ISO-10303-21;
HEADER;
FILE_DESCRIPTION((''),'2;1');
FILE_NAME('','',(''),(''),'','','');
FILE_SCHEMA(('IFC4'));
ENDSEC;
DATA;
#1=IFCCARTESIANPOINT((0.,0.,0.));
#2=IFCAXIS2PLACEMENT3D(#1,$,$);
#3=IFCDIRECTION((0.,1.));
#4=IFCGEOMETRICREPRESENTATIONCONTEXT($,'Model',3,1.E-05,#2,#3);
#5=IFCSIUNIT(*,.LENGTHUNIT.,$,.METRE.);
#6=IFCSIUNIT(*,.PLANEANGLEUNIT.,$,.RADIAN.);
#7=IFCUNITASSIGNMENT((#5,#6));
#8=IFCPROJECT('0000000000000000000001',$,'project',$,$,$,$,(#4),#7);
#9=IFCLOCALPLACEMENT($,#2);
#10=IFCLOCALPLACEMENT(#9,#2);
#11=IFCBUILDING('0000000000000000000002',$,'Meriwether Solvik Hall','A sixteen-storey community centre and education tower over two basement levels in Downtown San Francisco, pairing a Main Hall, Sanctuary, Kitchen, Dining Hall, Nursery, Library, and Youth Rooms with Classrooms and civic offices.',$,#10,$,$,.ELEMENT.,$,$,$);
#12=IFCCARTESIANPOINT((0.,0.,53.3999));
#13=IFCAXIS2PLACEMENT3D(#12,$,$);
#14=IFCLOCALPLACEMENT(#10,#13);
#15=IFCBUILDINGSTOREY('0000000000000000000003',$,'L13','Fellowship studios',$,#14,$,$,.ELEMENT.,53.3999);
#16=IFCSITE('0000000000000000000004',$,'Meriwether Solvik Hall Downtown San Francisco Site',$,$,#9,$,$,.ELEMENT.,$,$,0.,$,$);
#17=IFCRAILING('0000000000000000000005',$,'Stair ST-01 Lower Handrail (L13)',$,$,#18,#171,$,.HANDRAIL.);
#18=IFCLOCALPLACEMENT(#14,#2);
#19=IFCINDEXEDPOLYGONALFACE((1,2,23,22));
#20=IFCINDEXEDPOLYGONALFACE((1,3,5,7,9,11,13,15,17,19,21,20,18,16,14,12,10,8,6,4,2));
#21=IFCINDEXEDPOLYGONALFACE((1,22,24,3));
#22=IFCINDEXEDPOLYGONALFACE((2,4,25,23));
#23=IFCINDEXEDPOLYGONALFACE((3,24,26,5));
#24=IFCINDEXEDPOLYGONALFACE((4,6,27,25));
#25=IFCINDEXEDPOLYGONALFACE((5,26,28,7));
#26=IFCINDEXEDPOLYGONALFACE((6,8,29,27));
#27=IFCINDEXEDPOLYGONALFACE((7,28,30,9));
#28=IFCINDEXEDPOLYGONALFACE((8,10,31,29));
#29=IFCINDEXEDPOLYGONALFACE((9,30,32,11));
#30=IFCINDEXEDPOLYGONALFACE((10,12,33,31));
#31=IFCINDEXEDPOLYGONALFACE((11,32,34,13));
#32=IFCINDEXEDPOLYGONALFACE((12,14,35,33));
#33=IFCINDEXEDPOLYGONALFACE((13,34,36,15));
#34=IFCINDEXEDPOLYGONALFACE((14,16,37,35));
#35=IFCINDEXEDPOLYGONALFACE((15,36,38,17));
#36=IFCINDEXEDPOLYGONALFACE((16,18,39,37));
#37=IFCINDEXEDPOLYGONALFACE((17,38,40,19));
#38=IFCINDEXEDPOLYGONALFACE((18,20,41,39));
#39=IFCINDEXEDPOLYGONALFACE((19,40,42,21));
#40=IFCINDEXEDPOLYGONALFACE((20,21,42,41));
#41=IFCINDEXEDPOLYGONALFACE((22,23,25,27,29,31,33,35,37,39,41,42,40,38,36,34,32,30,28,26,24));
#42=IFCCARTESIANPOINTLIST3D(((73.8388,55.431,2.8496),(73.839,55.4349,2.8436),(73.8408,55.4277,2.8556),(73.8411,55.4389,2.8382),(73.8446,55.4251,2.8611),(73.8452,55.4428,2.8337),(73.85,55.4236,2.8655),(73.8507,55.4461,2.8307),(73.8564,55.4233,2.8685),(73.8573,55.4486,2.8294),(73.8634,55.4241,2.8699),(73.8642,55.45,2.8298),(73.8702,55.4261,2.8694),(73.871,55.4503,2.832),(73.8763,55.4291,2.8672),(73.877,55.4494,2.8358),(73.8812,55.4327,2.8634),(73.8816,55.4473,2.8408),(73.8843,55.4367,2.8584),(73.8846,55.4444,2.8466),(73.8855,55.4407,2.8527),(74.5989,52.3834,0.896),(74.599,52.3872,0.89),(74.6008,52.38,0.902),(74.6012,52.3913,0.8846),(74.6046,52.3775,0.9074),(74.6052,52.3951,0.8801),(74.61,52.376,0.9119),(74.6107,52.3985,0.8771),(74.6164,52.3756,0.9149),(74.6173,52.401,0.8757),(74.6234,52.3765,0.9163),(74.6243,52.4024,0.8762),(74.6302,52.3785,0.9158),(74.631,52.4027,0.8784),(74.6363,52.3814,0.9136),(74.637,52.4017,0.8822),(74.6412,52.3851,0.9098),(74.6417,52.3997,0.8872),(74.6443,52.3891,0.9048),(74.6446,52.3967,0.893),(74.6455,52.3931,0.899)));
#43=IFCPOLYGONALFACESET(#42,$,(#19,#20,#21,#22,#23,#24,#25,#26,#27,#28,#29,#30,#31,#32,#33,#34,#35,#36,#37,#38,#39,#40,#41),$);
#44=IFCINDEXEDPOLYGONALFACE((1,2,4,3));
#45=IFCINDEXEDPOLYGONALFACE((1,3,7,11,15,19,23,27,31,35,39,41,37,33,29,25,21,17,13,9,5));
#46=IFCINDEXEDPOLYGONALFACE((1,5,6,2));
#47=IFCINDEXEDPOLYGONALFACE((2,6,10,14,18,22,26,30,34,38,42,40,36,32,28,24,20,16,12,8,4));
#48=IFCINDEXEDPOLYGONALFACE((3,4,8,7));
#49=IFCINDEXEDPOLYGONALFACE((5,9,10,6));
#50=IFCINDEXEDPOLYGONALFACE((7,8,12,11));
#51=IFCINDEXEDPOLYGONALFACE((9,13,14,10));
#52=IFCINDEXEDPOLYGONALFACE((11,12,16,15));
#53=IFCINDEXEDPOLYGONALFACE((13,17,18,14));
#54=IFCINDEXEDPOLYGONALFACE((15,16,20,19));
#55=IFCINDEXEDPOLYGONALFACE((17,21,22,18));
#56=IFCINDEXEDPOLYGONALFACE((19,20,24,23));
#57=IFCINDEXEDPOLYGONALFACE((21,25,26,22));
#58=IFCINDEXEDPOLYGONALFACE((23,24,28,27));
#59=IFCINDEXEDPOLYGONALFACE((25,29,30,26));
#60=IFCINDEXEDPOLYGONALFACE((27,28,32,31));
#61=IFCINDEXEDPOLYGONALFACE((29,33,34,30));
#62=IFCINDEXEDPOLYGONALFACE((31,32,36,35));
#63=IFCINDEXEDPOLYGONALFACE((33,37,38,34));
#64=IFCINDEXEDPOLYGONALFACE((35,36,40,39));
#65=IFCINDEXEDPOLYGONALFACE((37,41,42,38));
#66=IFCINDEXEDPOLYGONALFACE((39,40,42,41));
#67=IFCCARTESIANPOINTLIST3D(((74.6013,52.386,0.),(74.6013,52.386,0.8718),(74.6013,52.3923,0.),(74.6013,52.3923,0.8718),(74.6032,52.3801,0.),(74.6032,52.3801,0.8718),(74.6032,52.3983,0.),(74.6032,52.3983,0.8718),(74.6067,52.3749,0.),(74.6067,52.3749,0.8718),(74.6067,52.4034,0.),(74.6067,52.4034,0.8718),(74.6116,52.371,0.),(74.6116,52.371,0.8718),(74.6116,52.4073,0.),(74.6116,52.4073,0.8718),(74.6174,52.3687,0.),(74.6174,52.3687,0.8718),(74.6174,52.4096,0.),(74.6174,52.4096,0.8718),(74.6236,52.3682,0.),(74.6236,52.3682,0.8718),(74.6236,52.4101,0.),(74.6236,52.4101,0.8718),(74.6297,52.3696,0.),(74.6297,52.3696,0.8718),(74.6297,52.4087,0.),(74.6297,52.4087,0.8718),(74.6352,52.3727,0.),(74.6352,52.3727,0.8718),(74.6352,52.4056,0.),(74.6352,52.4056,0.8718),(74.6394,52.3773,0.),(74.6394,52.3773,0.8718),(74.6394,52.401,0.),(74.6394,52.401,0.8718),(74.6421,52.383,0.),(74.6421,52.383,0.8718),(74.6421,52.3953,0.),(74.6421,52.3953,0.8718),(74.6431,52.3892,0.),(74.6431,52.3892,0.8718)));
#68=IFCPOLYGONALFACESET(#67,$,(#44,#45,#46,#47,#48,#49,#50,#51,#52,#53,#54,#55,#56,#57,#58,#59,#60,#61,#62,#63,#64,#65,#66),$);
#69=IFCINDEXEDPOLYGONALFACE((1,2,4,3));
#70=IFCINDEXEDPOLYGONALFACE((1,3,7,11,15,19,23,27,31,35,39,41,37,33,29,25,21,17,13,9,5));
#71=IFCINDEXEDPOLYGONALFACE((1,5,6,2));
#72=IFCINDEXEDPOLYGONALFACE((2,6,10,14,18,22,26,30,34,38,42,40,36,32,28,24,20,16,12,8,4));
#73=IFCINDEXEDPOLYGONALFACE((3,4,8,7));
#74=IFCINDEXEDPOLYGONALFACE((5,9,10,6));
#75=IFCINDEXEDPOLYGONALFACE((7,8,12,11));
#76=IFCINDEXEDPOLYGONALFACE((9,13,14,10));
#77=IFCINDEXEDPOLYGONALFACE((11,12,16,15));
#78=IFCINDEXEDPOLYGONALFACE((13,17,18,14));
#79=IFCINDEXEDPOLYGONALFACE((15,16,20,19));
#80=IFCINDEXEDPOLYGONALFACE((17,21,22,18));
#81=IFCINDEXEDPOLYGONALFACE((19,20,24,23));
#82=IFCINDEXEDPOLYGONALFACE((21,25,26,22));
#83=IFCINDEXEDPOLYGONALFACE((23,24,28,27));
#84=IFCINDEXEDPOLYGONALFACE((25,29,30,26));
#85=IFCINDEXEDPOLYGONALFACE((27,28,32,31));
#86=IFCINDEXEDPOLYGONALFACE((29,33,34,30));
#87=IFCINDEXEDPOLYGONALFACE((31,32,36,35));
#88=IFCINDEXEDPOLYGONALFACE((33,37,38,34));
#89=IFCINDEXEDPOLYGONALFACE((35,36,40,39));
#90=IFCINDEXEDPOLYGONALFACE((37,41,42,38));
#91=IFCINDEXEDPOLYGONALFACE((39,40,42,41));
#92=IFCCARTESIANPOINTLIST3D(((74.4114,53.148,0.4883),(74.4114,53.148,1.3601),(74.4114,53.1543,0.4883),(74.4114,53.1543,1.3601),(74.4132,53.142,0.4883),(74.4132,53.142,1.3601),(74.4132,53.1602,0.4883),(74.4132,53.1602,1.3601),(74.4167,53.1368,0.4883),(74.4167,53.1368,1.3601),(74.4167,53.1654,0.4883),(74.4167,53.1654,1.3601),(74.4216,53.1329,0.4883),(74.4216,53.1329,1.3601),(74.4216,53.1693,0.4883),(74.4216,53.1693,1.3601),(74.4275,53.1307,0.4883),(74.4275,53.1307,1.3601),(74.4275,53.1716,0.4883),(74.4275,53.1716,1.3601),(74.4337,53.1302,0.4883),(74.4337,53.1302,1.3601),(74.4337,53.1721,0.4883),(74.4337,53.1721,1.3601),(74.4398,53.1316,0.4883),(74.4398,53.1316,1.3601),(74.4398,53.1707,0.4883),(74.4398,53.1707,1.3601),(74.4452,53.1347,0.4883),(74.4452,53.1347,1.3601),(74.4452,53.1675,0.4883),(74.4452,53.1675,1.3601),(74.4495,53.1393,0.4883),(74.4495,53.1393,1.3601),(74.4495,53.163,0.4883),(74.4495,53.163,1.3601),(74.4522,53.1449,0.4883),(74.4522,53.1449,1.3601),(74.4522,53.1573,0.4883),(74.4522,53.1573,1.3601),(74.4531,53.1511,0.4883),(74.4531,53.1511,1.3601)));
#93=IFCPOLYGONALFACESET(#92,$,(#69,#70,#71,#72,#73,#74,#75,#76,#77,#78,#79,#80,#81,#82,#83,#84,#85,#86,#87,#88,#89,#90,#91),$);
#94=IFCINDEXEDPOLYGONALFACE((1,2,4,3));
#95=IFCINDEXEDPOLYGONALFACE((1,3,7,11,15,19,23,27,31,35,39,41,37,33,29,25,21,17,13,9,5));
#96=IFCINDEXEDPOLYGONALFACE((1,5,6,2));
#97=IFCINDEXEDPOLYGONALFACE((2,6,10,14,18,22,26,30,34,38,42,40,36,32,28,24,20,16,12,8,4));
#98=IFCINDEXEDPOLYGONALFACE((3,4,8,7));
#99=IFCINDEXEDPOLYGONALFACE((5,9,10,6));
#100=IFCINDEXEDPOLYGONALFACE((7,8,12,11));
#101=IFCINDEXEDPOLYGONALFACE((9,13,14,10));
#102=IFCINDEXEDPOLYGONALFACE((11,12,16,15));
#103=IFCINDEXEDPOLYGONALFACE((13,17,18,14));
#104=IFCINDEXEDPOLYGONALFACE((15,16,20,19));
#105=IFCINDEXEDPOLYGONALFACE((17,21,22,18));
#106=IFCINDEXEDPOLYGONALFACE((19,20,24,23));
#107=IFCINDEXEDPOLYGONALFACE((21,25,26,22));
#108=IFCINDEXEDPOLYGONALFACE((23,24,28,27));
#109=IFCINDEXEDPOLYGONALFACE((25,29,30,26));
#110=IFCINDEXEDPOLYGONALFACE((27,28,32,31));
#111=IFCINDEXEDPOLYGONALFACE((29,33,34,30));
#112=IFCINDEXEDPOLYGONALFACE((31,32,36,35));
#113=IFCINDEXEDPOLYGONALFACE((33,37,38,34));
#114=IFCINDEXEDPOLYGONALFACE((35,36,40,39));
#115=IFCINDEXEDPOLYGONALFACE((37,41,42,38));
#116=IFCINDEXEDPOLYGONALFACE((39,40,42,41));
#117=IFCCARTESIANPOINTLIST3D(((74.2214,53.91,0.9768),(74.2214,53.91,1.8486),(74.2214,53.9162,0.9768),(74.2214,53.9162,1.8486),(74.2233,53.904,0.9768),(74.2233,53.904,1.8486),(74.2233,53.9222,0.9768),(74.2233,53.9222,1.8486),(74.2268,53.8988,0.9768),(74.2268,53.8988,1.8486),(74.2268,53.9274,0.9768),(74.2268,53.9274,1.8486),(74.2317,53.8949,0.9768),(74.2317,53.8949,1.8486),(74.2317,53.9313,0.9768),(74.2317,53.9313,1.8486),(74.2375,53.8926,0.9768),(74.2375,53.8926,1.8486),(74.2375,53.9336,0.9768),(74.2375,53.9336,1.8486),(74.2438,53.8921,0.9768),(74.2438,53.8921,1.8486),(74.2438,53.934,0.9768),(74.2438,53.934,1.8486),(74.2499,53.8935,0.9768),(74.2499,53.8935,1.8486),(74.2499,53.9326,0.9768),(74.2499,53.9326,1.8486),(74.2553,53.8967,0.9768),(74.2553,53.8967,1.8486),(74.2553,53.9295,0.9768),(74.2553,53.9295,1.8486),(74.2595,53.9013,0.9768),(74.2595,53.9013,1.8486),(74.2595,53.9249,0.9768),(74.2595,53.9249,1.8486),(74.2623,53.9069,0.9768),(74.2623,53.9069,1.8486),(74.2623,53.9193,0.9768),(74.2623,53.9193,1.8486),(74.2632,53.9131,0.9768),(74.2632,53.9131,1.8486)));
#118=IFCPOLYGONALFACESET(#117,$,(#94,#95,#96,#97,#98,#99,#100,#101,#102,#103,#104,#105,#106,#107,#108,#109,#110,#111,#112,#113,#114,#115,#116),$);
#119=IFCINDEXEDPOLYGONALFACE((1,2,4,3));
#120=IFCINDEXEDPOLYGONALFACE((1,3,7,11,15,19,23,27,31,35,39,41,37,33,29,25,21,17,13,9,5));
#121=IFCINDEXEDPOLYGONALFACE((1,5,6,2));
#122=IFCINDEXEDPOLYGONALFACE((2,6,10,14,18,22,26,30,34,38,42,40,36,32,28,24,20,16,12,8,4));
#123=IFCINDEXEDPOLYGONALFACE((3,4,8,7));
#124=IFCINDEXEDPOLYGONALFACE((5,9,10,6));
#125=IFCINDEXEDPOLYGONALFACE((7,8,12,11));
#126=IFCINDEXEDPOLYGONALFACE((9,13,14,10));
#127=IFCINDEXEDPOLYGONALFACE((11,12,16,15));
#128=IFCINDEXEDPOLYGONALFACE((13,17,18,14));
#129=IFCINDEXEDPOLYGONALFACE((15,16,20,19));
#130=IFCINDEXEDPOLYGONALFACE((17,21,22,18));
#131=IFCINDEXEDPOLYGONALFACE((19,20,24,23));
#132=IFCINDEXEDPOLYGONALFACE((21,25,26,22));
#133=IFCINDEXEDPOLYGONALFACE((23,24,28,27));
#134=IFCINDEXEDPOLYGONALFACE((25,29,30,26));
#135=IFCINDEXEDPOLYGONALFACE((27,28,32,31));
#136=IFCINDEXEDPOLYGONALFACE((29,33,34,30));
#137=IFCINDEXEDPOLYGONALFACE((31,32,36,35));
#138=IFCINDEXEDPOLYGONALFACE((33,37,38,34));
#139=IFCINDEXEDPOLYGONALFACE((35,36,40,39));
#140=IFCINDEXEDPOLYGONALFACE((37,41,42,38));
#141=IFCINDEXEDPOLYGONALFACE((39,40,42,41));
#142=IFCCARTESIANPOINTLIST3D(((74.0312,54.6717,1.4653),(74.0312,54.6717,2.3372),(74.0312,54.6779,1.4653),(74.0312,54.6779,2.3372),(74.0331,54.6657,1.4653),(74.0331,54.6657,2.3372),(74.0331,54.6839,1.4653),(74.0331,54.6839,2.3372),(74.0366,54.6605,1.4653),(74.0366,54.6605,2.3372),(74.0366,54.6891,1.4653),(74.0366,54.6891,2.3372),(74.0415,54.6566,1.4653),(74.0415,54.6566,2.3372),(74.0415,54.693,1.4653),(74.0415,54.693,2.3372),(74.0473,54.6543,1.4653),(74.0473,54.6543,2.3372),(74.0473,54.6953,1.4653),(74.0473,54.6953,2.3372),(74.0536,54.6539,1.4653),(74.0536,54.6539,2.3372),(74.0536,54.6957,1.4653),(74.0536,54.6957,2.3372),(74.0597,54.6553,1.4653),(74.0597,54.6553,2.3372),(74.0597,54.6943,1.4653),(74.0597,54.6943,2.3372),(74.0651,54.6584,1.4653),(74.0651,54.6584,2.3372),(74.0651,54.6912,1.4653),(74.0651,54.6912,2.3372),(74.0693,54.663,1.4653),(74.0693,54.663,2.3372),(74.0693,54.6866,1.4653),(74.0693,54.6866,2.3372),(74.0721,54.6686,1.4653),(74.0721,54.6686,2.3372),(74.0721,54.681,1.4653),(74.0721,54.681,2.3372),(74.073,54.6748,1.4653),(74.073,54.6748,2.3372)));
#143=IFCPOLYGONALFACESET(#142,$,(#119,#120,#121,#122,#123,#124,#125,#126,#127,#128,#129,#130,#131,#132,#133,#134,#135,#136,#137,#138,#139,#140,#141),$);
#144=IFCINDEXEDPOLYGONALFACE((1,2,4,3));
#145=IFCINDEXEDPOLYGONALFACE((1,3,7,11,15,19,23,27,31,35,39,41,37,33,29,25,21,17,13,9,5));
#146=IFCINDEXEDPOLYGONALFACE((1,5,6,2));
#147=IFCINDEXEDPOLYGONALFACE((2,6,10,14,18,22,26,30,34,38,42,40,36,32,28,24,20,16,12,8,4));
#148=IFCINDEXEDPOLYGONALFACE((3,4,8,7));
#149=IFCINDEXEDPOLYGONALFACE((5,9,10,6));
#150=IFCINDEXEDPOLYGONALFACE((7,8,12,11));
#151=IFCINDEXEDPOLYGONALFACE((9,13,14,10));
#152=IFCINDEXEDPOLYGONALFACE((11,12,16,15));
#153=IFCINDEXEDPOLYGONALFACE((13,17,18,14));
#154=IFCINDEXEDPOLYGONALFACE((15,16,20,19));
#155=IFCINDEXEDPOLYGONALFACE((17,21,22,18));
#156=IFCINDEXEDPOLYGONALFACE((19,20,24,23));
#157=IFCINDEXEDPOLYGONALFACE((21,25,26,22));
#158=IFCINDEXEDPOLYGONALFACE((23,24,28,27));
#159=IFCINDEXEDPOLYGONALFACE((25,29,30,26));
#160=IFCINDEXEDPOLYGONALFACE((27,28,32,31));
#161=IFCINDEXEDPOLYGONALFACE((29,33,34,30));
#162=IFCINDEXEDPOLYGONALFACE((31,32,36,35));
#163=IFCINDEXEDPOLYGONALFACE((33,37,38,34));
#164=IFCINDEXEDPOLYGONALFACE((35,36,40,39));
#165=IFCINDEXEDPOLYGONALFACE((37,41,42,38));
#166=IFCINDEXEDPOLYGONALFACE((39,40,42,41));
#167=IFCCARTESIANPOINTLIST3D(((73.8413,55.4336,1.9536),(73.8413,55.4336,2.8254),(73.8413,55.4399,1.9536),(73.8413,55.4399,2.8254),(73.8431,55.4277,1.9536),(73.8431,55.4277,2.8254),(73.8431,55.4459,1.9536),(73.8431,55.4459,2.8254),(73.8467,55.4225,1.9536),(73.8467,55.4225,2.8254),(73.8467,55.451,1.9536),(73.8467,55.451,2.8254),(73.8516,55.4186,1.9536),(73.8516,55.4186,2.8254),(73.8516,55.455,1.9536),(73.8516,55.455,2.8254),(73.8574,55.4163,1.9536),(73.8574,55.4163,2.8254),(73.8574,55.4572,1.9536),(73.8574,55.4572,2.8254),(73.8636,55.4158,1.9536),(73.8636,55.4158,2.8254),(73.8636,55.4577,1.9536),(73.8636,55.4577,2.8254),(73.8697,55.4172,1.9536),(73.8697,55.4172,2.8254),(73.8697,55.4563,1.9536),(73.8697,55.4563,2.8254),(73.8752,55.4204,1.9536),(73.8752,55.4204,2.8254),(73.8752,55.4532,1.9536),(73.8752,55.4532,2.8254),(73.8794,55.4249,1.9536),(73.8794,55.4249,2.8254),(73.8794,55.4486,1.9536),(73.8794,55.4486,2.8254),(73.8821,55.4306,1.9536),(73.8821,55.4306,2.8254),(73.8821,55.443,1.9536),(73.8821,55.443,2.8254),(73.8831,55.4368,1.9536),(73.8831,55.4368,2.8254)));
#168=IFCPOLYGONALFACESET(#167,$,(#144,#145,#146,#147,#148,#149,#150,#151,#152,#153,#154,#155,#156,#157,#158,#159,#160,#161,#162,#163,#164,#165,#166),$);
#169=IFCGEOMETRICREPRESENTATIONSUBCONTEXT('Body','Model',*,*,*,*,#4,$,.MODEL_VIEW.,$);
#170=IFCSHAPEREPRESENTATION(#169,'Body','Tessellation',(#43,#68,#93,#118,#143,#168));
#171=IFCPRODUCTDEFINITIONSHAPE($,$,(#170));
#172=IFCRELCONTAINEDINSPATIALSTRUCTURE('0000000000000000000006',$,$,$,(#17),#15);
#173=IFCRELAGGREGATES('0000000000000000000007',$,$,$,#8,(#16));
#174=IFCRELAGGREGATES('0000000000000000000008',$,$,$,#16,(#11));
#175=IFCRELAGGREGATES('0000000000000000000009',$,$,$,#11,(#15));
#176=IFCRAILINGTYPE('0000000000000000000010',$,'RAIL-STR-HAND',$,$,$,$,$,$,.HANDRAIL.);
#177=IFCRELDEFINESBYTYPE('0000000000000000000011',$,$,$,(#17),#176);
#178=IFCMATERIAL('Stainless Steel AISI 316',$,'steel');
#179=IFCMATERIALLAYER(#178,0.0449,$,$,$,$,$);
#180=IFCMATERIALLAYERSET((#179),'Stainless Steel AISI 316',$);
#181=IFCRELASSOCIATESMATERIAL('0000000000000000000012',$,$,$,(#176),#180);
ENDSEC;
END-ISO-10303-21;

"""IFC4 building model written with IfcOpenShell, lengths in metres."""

from ifc_helpers import new_model, si_unit, direction, frame, origin, origin_2d, place, context, subcontext, project, spatial, circle, extrude, material, layer, layer_set, type_object, element, save


model = new_model("IFC4")

# Units and contexts
model_context = context("Model", 3, precision=1e-05, world=origin(), true_north=direction((0.0, 1.0)))
body_context = subcontext(model_context, "Body", "Model", "MODEL_VIEW")
ifc_project = project(units=[si_unit("LENGTHUNIT", "METRE"), si_unit("PLANEANGLEUNIT", "RADIAN")], contexts=[model_context])

# Site, building, storey
site_placement = place(None, origin())
site = spatial("IfcSite", under=ifc_project, at=site_placement, Name="Meriwether Solvik Hall Downtown San Francisco Site", CompositionType="ELEMENT", RefElevation=0.0)
building_placement = place(site_placement, origin())
building = spatial("IfcBuilding", under=site, at=building_placement, Name="Meriwether Solvik Hall", Description="A sixteen-storey community centre and education tower over two basement levels in Downtown San Francisco, pairing a Main Hall, Sanctuary, Kitchen, Dining Hall, Nursery, Library, and Youth Rooms with Classrooms and civic offices.", CompositionType="ELEMENT")
storey_placement = place(building_placement, frame((0.0, 0.0, 53.3999)))
storey = spatial("IfcBuildingStorey", under=building, at=storey_placement, Name="L13", Description="Fellowship studios", CompositionType="ELEMENT", Elevation=53.3999)

# Railing
ifc_material_1 = material(Name="Stainless Steel AISI 316", Category="steel")
ifc_layer_1 = layer(ifc_material_1, 0.0449)
ifc_layer_set_1 = layer_set([ifc_layer_1], Name="Stainless Steel AISI 316")
railing_type_1 = type_object("IfcRailingType", Name="RAIL-STR-HAND", PredefinedType="HANDRAIL", material=ifc_layer_set_1)
railing_1_placement = place(storey_placement, frame((74.6221, 52.3892, 0.0)))
element("IfcRailing", 1, at=railing_1_placement, inside=storey, type_object=railing_type_1, Name="Stair ST-01 Lower Handrail (L13)", PredefinedType="HANDRAIL", context=body_context, shape_type="SweptSolid", body=[
    extrude(circle(Radius=0.0239, at=origin_2d()), frame((0.0, 0.0, 0.896), z_axis=(-0.205467, 0.823915, 0.528155), x_axis=(-0.970284, -0.241969, 0.0)), (0.0, 0.0, 1.0), 3.699),
    extrude(circle(Radius=0.021, at=origin_2d()), origin(), (0.0, 0.0, 1.0), 0.8718),
    extrude(circle(Radius=0.021, at=origin_2d()), frame((-0.1899, 0.762, 0.4883)), (0.0, 0.0, 1.0), 0.8718),
    extrude(circle(Radius=0.021, at=origin_2d()), frame((-0.3799, 1.5239, 0.9768)), (0.0, 0.0, 1.0), 0.8718),
    extrude(circle(Radius=0.021, at=origin_2d()), frame((-0.5701, 2.2856, 1.4653)), (0.0, 0.0, 1.0), 0.8718),
    extrude(circle(Radius=0.021, at=origin_2d()), frame((-0.76, 3.0476, 1.9536)), (0.0, 0.0, 1.0), 0.8718),
])

save(model, "model.ifc")
